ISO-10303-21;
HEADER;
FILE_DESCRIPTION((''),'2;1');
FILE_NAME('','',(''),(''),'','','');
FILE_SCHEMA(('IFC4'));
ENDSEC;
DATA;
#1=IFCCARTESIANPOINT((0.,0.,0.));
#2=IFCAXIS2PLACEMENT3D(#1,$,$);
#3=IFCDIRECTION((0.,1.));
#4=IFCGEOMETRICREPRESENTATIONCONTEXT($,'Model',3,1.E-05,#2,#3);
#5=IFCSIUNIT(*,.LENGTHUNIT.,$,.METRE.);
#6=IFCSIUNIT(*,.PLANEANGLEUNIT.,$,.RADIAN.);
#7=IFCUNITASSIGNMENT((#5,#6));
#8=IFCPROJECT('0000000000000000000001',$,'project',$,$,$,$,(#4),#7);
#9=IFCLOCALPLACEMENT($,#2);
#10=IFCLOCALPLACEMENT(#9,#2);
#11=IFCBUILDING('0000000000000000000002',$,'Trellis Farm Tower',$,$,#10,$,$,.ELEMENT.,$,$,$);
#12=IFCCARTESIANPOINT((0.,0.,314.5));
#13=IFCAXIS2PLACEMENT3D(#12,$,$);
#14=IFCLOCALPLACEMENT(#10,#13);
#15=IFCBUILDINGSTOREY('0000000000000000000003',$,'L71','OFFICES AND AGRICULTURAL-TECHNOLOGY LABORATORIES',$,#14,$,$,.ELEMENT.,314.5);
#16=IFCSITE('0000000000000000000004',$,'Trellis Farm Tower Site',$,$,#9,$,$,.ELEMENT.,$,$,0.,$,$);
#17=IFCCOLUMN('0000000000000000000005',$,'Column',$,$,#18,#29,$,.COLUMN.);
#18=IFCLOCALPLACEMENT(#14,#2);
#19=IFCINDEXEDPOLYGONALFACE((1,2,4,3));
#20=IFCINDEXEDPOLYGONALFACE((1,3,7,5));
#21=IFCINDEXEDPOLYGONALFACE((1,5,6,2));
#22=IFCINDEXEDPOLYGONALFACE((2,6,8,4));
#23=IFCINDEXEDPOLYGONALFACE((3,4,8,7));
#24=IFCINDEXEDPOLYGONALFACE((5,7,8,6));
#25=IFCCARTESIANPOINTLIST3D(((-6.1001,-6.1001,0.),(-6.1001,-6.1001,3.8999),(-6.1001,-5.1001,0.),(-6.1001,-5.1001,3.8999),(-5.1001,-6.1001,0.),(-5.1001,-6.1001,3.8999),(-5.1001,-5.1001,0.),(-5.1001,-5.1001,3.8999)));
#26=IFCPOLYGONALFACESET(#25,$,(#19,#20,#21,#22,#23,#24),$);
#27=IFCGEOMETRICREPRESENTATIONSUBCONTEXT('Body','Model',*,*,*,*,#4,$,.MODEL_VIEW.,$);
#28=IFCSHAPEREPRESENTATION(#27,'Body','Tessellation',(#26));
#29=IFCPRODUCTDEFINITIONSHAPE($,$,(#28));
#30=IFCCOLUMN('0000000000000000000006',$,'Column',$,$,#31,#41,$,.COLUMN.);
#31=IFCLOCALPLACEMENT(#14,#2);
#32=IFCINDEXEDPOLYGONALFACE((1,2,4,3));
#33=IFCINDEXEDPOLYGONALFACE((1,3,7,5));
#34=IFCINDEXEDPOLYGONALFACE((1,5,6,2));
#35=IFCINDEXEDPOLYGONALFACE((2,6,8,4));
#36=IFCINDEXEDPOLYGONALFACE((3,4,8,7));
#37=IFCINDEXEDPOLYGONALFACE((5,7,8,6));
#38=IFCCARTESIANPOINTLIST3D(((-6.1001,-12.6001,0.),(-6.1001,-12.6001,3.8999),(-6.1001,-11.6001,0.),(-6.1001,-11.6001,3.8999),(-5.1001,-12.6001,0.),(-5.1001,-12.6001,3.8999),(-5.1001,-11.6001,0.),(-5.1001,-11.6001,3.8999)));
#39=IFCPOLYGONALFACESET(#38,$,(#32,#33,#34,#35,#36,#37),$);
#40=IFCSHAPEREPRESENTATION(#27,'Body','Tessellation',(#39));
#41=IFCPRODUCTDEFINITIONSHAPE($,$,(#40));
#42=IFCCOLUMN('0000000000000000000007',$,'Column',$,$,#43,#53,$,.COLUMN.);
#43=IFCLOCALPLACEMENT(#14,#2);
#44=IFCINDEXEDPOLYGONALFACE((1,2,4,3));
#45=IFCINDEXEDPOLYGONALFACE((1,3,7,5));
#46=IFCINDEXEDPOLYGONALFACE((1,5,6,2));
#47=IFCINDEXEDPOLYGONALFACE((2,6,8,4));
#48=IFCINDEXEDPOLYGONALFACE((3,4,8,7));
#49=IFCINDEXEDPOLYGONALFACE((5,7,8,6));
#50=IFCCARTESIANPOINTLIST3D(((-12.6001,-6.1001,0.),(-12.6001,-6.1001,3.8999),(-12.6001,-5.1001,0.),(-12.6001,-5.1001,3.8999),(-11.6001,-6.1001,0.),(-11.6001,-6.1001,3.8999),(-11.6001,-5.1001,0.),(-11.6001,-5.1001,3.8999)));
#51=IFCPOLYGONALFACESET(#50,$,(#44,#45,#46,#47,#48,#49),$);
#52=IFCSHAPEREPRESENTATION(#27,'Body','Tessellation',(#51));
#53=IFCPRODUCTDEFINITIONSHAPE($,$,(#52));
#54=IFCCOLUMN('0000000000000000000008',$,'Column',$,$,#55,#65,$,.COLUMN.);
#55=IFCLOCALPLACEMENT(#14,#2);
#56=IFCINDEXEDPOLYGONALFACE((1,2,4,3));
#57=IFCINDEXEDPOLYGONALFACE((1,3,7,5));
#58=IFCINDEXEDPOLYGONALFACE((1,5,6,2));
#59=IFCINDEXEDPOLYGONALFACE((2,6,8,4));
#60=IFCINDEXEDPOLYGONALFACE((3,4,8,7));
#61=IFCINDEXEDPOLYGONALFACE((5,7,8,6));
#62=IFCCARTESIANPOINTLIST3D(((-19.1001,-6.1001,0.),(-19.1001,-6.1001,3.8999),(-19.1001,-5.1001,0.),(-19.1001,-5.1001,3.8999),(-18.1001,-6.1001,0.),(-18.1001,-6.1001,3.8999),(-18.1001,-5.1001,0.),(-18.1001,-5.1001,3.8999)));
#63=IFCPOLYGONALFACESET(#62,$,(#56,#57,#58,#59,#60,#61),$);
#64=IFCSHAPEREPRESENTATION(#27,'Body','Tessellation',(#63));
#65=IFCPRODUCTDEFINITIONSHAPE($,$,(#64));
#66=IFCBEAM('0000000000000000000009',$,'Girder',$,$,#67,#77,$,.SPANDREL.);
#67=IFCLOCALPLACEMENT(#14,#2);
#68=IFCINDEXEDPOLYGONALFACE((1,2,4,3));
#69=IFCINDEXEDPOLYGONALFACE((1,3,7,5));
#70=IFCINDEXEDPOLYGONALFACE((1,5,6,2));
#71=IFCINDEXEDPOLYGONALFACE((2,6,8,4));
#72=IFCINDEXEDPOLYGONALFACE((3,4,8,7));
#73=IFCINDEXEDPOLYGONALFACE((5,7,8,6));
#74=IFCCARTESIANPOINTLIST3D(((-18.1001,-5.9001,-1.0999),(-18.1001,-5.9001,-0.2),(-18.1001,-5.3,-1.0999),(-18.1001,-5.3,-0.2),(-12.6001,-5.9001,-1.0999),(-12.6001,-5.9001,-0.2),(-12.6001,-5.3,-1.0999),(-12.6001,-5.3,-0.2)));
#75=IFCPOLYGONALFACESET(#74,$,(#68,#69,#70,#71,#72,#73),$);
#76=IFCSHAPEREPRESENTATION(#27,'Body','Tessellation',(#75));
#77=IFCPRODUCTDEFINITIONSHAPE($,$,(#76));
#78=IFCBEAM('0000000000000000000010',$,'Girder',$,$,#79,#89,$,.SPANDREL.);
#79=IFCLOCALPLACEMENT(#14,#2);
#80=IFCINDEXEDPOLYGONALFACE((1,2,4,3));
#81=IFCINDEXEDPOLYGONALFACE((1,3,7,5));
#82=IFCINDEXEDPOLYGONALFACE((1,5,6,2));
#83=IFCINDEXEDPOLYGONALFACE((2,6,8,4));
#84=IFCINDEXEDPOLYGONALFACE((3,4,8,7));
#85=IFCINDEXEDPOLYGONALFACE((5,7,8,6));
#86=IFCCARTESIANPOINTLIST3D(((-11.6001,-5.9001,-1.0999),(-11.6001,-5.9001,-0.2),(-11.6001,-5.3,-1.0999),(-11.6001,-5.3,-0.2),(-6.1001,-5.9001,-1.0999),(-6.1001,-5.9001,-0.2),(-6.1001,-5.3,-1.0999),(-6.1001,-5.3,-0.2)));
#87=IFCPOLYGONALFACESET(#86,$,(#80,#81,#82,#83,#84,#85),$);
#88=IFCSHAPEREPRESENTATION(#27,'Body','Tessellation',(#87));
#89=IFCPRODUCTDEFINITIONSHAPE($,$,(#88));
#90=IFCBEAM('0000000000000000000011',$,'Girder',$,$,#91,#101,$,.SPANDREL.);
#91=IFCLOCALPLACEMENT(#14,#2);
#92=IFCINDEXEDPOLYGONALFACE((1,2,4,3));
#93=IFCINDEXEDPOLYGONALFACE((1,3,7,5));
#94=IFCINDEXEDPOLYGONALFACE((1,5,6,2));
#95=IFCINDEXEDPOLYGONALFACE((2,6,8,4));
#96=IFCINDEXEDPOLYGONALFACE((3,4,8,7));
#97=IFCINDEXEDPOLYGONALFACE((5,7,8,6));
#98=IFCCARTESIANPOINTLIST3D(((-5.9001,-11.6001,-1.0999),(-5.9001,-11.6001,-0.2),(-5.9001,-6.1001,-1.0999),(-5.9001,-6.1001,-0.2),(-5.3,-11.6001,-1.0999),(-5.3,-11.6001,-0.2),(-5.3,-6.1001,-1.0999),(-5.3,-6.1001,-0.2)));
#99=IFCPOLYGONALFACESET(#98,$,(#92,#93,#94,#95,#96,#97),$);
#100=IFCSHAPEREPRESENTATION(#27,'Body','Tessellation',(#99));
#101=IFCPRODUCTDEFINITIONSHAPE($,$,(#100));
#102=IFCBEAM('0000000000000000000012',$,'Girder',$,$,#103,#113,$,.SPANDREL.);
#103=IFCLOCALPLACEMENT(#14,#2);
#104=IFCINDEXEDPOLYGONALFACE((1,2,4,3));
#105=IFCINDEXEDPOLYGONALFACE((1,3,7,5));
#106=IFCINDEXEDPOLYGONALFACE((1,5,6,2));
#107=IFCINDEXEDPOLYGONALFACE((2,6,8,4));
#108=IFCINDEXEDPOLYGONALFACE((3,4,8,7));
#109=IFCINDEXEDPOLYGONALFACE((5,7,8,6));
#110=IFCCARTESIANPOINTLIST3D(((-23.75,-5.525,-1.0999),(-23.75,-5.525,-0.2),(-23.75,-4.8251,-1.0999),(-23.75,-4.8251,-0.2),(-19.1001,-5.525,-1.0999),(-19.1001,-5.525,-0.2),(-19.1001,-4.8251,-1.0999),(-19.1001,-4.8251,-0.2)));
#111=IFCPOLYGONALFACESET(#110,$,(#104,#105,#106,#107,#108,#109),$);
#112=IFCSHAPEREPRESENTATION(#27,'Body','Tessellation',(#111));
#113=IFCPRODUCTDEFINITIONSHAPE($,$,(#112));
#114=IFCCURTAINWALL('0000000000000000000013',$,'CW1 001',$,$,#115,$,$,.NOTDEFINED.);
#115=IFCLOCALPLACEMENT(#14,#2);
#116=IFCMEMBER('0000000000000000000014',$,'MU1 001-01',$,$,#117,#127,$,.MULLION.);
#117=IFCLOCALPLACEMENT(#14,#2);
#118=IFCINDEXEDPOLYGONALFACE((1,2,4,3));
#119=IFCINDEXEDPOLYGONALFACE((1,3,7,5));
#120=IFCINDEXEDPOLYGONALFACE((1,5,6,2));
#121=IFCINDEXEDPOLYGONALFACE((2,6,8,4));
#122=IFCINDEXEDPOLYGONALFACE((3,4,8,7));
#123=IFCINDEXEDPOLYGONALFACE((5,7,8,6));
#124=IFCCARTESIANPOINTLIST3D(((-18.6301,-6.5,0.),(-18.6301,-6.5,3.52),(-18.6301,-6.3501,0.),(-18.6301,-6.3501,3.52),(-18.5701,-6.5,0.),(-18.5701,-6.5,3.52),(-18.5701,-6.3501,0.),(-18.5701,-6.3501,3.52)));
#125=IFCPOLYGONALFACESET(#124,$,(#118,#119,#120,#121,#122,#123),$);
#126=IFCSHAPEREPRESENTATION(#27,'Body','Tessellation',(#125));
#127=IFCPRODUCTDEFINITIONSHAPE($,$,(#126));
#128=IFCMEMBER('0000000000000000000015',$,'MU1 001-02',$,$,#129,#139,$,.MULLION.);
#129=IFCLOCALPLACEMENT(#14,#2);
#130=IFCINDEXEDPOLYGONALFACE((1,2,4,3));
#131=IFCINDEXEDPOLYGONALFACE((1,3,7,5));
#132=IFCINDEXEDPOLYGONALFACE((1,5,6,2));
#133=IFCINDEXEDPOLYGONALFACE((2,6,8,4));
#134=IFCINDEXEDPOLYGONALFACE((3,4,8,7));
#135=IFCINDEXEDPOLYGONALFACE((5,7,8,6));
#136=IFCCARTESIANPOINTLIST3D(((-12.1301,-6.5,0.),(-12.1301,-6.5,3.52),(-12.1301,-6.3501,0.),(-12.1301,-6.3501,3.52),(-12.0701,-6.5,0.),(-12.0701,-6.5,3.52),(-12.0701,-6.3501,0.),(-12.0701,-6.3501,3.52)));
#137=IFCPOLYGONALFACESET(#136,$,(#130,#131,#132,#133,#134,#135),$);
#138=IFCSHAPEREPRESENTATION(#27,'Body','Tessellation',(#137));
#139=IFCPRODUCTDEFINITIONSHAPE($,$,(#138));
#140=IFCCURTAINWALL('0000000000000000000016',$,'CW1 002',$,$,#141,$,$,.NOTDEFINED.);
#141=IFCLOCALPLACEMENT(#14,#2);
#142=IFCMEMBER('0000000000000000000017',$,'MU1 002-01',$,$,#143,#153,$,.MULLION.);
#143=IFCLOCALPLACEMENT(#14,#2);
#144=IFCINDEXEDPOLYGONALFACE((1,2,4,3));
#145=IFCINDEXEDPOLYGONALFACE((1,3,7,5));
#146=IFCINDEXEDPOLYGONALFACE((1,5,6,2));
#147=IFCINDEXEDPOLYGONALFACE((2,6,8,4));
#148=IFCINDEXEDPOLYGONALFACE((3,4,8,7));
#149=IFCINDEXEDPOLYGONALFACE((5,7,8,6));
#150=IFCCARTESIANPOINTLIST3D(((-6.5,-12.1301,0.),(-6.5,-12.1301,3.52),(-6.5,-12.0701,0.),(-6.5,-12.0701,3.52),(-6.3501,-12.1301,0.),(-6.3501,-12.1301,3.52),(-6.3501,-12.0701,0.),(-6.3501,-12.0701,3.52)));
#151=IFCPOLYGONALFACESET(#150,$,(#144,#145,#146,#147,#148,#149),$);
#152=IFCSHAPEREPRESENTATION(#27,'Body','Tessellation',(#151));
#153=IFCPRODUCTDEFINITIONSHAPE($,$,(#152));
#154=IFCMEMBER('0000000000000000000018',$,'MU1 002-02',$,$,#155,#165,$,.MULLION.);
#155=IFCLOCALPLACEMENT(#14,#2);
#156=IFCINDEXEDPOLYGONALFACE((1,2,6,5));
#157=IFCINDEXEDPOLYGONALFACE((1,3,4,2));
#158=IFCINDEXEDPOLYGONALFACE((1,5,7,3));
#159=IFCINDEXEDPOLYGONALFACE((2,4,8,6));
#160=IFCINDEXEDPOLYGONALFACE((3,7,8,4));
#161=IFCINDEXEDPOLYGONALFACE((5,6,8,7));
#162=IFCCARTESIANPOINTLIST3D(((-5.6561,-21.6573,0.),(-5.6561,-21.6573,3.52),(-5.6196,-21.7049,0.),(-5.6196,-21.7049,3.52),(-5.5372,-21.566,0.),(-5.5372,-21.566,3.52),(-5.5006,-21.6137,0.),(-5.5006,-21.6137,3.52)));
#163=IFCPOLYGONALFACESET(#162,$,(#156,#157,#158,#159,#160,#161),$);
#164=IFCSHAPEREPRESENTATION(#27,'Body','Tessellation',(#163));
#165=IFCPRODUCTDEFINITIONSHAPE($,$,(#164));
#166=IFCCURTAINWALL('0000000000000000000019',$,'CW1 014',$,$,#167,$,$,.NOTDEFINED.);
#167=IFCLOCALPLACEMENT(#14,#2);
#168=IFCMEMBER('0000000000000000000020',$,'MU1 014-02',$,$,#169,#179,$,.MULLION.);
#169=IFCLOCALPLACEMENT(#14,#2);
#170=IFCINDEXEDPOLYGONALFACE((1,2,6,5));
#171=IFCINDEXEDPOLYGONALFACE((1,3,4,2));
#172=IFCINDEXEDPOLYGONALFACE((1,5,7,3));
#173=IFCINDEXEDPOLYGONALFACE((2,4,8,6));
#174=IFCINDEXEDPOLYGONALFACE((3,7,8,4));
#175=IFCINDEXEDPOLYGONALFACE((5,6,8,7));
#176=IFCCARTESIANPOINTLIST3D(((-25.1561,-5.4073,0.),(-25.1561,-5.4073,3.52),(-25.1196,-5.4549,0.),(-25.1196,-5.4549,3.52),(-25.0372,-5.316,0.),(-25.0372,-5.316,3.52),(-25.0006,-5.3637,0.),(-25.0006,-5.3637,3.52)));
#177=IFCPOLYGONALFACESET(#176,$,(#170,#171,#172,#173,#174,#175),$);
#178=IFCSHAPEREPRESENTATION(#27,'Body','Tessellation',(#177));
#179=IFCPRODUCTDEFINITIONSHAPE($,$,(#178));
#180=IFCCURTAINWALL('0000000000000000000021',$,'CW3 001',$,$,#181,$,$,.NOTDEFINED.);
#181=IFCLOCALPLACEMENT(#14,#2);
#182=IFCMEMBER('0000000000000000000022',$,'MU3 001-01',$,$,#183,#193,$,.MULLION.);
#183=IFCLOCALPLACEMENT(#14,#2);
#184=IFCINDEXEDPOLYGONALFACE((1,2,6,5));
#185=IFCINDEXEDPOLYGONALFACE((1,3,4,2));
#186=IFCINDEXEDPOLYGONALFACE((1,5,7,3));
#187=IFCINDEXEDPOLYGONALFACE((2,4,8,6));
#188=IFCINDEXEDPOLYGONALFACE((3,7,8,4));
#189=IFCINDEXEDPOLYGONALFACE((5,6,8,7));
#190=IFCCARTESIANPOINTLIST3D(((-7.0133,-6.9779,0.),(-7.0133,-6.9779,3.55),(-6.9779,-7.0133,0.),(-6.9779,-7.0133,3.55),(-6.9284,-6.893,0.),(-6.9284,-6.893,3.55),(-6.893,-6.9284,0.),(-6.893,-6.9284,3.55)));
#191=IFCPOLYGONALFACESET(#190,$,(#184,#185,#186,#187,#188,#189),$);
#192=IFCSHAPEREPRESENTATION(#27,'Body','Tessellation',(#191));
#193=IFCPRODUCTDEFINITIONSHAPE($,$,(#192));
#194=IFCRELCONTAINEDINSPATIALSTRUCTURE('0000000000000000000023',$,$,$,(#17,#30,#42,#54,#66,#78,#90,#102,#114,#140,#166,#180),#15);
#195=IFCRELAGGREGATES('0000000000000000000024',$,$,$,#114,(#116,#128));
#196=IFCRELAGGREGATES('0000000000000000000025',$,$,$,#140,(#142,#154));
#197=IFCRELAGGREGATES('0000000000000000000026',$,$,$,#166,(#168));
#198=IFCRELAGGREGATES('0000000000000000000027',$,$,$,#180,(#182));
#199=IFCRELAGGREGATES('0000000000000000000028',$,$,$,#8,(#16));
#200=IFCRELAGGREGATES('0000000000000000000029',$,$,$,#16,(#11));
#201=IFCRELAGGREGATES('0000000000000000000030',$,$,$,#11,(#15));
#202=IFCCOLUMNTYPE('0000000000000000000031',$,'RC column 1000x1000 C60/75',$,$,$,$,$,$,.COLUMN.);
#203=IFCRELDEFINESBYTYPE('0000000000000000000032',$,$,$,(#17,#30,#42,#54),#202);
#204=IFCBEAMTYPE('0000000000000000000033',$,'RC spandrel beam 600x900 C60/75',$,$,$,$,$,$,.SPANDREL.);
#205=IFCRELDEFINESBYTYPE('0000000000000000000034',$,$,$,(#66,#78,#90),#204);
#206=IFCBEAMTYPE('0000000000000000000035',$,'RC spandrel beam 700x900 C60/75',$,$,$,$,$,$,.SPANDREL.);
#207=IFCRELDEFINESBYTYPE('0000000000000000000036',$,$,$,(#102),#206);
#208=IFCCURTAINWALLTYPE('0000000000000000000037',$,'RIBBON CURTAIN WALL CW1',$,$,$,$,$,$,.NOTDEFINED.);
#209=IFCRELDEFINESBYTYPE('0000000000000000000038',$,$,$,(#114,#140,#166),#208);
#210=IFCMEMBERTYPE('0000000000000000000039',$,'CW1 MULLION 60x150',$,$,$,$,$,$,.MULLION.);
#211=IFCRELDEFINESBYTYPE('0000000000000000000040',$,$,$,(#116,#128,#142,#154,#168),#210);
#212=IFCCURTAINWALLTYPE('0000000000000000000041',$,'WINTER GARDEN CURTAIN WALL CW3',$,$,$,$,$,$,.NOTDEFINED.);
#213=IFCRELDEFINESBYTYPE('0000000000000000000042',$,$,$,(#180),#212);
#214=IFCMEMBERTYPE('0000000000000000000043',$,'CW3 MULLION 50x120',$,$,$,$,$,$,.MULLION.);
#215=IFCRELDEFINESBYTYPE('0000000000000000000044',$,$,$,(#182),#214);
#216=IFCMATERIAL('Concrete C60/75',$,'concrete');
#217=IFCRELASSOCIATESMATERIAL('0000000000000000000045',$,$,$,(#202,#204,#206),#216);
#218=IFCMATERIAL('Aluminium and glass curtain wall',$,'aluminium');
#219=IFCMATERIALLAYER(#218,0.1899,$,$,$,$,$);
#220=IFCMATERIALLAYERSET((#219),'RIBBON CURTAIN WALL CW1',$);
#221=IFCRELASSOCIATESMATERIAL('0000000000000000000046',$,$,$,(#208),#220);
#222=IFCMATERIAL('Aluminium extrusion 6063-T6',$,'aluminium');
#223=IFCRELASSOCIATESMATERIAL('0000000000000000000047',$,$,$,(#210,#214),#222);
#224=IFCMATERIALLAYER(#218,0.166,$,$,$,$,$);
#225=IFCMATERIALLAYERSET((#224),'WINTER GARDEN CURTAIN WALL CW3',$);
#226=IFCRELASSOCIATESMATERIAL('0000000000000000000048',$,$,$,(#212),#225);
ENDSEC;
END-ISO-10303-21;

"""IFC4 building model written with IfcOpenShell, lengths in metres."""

from ifc_helpers import new_model, si_unit, direction, frame, origin, origin_2d, place, context, subcontext, project, spatial, rectangle, extrude, source, transform, mapped, material, layer, layer_set, material_profile, profile_set, type_object, element, aggregate, save


model = new_model("IFC4")

# Units and contexts
model_context = context("Model", 3, precision=1e-05, world=origin(), true_north=direction((0.0, 1.0)))
body_context = subcontext(model_context, "Body", "Model", "MODEL_VIEW")
ifc_project = project(units=[si_unit("LENGTHUNIT", "METRE"), si_unit("PLANEANGLEUNIT", "RADIAN")], contexts=[model_context])

# Site, building, storey
site_placement = place(None, origin())
site = spatial("IfcSite", under=ifc_project, at=site_placement, Name="Trellis Farm Tower Site", CompositionType="ELEMENT", RefElevation=0.0)
building_placement = place(site_placement, origin())
building = spatial("IfcBuilding", under=site, at=building_placement, Name="Trellis Farm Tower", CompositionType="ELEMENT")
storey_placement = place(building_placement, frame((0.0, 0.0, 314.5)))
storey = spatial("IfcBuildingStorey", under=building, at=storey_placement, Name="L71", Description="OFFICES AND AGRICULTURAL-TECHNOLOGY LABORATORIES", CompositionType="ELEMENT", Elevation=314.5)

# Columns
ifc_material_1 = material(Name="Concrete C60/75", Category="concrete")
ifc_material_profile_1 = material_profile(ifc_material_1, rectangle(XDim=1.0, YDim=1.0, at=origin_2d()), Name="RC column 1000x1000 C60/75")
ifc_profile_set_1 = profile_set([ifc_material_profile_1], Name="Concrete C60/75")
column_type = type_object("IfcColumnType", Name="RC column 1000x1000 C60/75", PredefinedType="COLUMN", material=ifc_profile_set_1)
shared_shape_1 = source(origin(), body_context, "Body", "SweptSolid", [
    extrude(rectangle(XDim=1.0, YDim=1.0, at=origin_2d()), origin(), (0.0, 0.0, 1.0), 3.8999),
])
for number, where, z_axis, x_axis, name in (
    (1, (-5.6001, -5.6001, 0.0), (0.0, 0.0, 1.0), (1.0, 0.0, 0.0), "Column"),
    (2, (-5.6001, -12.1001, 0.0), (0.0, 0.0, 1.0), (1.0, 0.0, 0.0), "Column"),
    (3, (-12.1001, -5.6001, 0.0), (0.0, 0.0, 1.0), (1.0, 0.0, 0.0), "Column"),
    (4, (-18.6001, -5.6001, 0.0), (0.0, 0.0, 1.0), (1.0, 0.0, 0.0), "Column"),
):
    element("IfcColumn", number, at=place(storey_placement, frame(where, z_axis=z_axis, x_axis=x_axis)), inside=storey, type_object=column_type, Name=name, PredefinedType="COLUMN", context=body_context, shape_type="MappedRepresentation", body=[
        mapped(shared_shape_1, transform((0.0, 0.0, 0.0))),
    ])

# Beams
ifc_material_profile_2 = material_profile(ifc_material_1, rectangle(XDim=0.6001, YDim=0.8999, at=origin_2d()), Name="RC spandrel beam 600x900 C60/75")
ifc_profile_set_2 = profile_set([ifc_material_profile_2], Name="Concrete C60/75")
beam_type_1 = type_object("IfcBeamType", Name="RC spandrel beam 600x900 C60/75", PredefinedType="SPANDREL", material=ifc_profile_set_2)
shared_shape_2 = source(origin(), body_context, "Body", "SweptSolid", [
    extrude(rectangle(XDim=0.6001, YDim=0.8999, at=origin_2d()), origin(), (0.0, 0.0, 1.0), 5.5),
])
for number, where, z_axis, x_axis, name in (
    (5, (-18.1001, -5.6001, -0.6499), (1.0, 0.0, 0.0), (0.0, 1.0, 0.0), "Girder"),
    (6, (-11.6001, -5.6001, -0.6499), (1.0, 0.0, 0.0), (0.0, 1.0, 0.0), "Girder"),
    (7, (-5.6001, -11.6001, -0.6499), (0.0, 1.0, 0.0), (-1.0, 0.0, 0.0), "Girder"),
):
    element("IfcBeam", number, at=place(storey_placement, frame(where, z_axis=z_axis, x_axis=x_axis)), inside=storey, type_object=beam_type_1, Name=name, PredefinedType="SPANDREL", context=body_context, shape_type="MappedRepresentation", body=[
        mapped(shared_shape_2, transform((0.0, 0.0, 0.0))),
    ])
ifc_material_profile_3 = material_profile(ifc_material_1, rectangle(XDim=0.7, YDim=0.8999, at=origin_2d()), Name="RC spandrel beam 700x900 C60/75")
ifc_profile_set_3 = profile_set([ifc_material_profile_3], Name="Concrete C60/75")
beam_type_2 = type_object("IfcBeamType", Name="RC spandrel beam 700x900 C60/75", PredefinedType="SPANDREL", material=ifc_profile_set_3)
shared_shape_3 = source(origin(), body_context, "Body", "SweptSolid", [
    extrude(rectangle(XDim=0.7, YDim=0.8999, at=origin_2d()), origin(), (0.0, 0.0, 1.0), 4.6499),
])
beam_placement = place(storey_placement, frame((-23.75, -5.175, -0.6499), z_axis=(1.0, 0.0, 0.0), x_axis=(0.0, 1.0, 0.0)))
element("IfcBeam", 8, at=beam_placement, inside=storey, type_object=beam_type_2, Name="Girder", PredefinedType="SPANDREL", context=body_context, shape_type="MappedRepresentation", body=[
    mapped(shared_shape_3, transform((0.0, 0.0, 0.0))),
])

# Curtain walls, members
ifc_material_2 = material(Name="Aluminium and glass curtain wall", Category="aluminium")
ifc_layer_1 = layer(ifc_material_2, 0.1899)
ifc_layer_set_1 = layer_set([ifc_layer_1], Name="RIBBON CURTAIN WALL CW1")
curtain_wall_type_1 = type_object("IfcCurtainWallType", Name="RIBBON CURTAIN WALL CW1", PredefinedType="NOTDEFINED", material=ifc_layer_set_1)
placement = place(storey_placement, origin())
curtain_wall_1 = element("IfcCurtainWall", 9, at=placement, inside=storey, type_object=curtain_wall_type_1, Name="CW1 001", PredefinedType="NOTDEFINED")
ifc_material_3 = material(Name="Aluminium extrusion 6063-T6", Category="aluminium")
ifc_material_profile_4 = material_profile(ifc_material_3, rectangle(XDim=0.0601, YDim=0.1499, at=origin_2d()), Name="MULLION 60x150")
ifc_profile_set_4 = profile_set([ifc_material_profile_4], Name="Aluminium extrusion 6063-T6")
member_type_1 = type_object("IfcMemberType", Name="CW1 MULLION 60x150", PredefinedType="MULLION", material=ifc_profile_set_4)
shared_shape_4 = source(origin(), body_context, "Body", "SweptSolid", [
    extrude(rectangle(XDim=0.0601, YDim=0.1499, at=origin_2d()), origin(), (0.0, 0.0, 1.0), 3.52),
])
member_1_placement = place(storey_placement, frame((-18.6001, -6.425, 0.0), z_axis=(0.0, 0.0, 1.0), x_axis=(1.0, 0.0, 0.0)))
member_1 = element("IfcMember", 10, at=member_1_placement, type_object=member_type_1, Name="MU1 001-01", PredefinedType="MULLION", context=body_context, shape_type="MappedRepresentation", body=[
    mapped(shared_shape_4, transform((0.0, 0.0, 0.0))),
])
member_2_placement = place(storey_placement, frame((-12.1001, -6.425, 0.0), z_axis=(0.0, 0.0, 1.0), x_axis=(1.0, 0.0, 0.0)))
member_2 = element("IfcMember", 11, at=member_2_placement, type_object=member_type_1, Name="MU1 001-02", PredefinedType="MULLION", context=body_context, shape_type="MappedRepresentation", body=[
    mapped(shared_shape_4, transform((0.0, 0.0, 0.0))),
])
aggregate(curtain_wall_1, [member_1, member_2])
curtain_wall_2 = element("IfcCurtainWall", 12, at=placement, inside=storey, type_object=curtain_wall_type_1, Name="CW1 002", PredefinedType="NOTDEFINED")
member_3_placement = place(storey_placement, frame((-6.425, -12.1001, 0.0), z_axis=(0.0, 0.0, 1.0), x_axis=(0.0, -1.0, 0.0)))
member_3 = element("IfcMember", 13, at=member_3_placement, type_object=member_type_1, Name="MU1 002-01", PredefinedType="MULLION", context=body_context, shape_type="MappedRepresentation", body=[
    mapped(shared_shape_4, transform((0.0, 0.0, 0.0))),
])
member_4_placement = place(storey_placement, frame((-5.5784, -21.6355, 0.0), z_axis=(0.0, 0.0, 1.0), x_axis=(0.608761, -0.793353, 0.0)))
member_4 = element("IfcMember", 14, at=member_4_placement, type_object=member_type_1, Name="MU1 002-02", PredefinedType="MULLION", context=body_context, shape_type="MappedRepresentation", body=[
    mapped(shared_shape_4, transform((0.0, 0.0, 0.0))),
])
aggregate(curtain_wall_2, [member_3, member_4])

# Curtain walls, members
curtain_wall_3 = element("IfcCurtainWall", 15, at=placement, inside=storey, type_object=curtain_wall_type_1, Name="CW1 014", PredefinedType="NOTDEFINED")
member_5_placement = place(storey_placement, frame((-25.0784, -5.3855, 0.0), z_axis=(0.0, 0.0, 1.0), x_axis=(0.608761, -0.793353, 0.0)))
member_5 = element("IfcMember", 16, at=member_5_placement, type_object=member_type_1, Name="MU1 014-02", PredefinedType="MULLION", context=body_context, shape_type="MappedRepresentation", body=[
    mapped(shared_shape_4, transform((0.0, 0.0, 0.0))),
])
aggregate(curtain_wall_3, [member_5])
ifc_layer_2 = layer(ifc_material_2, 0.166)
ifc_layer_set_2 = layer_set([ifc_layer_2], Name="WINTER GARDEN CURTAIN WALL CW3")
curtain_wall_type_2 = type_object("IfcCurtainWallType", Name="WINTER GARDEN CURTAIN WALL CW3", PredefinedType="NOTDEFINED", material=ifc_layer_set_2)
curtain_wall_4 = element("IfcCurtainWall", 17, at=placement, inside=storey, type_object=curtain_wall_type_2, Name="CW3 001", PredefinedType="NOTDEFINED")
ifc_material_profile_5 = material_profile(ifc_material_3, rectangle(XDim=0.05, YDim=0.1201, at=origin_2d()), Name="MULLION 50x120")
ifc_profile_set_5 = profile_set([ifc_material_profile_5], Name="Aluminium extrusion 6063-T6")
member_type_2 = type_object("IfcMemberType", Name="CW3 MULLION 50x120", PredefinedType="MULLION", material=ifc_profile_set_5)
shared_shape_5 = source(origin(), body_context, "Body", "SweptSolid", [
    extrude(rectangle(XDim=0.05, YDim=0.1201, at=origin_2d()), origin(), (0.0, 0.0, 1.0), 3.55),
])
member_6_placement = place(storey_placement, frame((-6.9531, -6.9531, 0.0), z_axis=(0.0, 0.0, 1.0), x_axis=(0.707107, -0.707107, 0.0)))
member_6 = element("IfcMember", 18, at=member_6_placement, type_object=member_type_2, Name="MU3 001-01", PredefinedType="MULLION", context=body_context, shape_type="MappedRepresentation", body=[
    mapped(shared_shape_5, transform((0.0, 0.0, 0.0))),
])
aggregate(curtain_wall_4, [member_6])

save(model, "model.ifc")
